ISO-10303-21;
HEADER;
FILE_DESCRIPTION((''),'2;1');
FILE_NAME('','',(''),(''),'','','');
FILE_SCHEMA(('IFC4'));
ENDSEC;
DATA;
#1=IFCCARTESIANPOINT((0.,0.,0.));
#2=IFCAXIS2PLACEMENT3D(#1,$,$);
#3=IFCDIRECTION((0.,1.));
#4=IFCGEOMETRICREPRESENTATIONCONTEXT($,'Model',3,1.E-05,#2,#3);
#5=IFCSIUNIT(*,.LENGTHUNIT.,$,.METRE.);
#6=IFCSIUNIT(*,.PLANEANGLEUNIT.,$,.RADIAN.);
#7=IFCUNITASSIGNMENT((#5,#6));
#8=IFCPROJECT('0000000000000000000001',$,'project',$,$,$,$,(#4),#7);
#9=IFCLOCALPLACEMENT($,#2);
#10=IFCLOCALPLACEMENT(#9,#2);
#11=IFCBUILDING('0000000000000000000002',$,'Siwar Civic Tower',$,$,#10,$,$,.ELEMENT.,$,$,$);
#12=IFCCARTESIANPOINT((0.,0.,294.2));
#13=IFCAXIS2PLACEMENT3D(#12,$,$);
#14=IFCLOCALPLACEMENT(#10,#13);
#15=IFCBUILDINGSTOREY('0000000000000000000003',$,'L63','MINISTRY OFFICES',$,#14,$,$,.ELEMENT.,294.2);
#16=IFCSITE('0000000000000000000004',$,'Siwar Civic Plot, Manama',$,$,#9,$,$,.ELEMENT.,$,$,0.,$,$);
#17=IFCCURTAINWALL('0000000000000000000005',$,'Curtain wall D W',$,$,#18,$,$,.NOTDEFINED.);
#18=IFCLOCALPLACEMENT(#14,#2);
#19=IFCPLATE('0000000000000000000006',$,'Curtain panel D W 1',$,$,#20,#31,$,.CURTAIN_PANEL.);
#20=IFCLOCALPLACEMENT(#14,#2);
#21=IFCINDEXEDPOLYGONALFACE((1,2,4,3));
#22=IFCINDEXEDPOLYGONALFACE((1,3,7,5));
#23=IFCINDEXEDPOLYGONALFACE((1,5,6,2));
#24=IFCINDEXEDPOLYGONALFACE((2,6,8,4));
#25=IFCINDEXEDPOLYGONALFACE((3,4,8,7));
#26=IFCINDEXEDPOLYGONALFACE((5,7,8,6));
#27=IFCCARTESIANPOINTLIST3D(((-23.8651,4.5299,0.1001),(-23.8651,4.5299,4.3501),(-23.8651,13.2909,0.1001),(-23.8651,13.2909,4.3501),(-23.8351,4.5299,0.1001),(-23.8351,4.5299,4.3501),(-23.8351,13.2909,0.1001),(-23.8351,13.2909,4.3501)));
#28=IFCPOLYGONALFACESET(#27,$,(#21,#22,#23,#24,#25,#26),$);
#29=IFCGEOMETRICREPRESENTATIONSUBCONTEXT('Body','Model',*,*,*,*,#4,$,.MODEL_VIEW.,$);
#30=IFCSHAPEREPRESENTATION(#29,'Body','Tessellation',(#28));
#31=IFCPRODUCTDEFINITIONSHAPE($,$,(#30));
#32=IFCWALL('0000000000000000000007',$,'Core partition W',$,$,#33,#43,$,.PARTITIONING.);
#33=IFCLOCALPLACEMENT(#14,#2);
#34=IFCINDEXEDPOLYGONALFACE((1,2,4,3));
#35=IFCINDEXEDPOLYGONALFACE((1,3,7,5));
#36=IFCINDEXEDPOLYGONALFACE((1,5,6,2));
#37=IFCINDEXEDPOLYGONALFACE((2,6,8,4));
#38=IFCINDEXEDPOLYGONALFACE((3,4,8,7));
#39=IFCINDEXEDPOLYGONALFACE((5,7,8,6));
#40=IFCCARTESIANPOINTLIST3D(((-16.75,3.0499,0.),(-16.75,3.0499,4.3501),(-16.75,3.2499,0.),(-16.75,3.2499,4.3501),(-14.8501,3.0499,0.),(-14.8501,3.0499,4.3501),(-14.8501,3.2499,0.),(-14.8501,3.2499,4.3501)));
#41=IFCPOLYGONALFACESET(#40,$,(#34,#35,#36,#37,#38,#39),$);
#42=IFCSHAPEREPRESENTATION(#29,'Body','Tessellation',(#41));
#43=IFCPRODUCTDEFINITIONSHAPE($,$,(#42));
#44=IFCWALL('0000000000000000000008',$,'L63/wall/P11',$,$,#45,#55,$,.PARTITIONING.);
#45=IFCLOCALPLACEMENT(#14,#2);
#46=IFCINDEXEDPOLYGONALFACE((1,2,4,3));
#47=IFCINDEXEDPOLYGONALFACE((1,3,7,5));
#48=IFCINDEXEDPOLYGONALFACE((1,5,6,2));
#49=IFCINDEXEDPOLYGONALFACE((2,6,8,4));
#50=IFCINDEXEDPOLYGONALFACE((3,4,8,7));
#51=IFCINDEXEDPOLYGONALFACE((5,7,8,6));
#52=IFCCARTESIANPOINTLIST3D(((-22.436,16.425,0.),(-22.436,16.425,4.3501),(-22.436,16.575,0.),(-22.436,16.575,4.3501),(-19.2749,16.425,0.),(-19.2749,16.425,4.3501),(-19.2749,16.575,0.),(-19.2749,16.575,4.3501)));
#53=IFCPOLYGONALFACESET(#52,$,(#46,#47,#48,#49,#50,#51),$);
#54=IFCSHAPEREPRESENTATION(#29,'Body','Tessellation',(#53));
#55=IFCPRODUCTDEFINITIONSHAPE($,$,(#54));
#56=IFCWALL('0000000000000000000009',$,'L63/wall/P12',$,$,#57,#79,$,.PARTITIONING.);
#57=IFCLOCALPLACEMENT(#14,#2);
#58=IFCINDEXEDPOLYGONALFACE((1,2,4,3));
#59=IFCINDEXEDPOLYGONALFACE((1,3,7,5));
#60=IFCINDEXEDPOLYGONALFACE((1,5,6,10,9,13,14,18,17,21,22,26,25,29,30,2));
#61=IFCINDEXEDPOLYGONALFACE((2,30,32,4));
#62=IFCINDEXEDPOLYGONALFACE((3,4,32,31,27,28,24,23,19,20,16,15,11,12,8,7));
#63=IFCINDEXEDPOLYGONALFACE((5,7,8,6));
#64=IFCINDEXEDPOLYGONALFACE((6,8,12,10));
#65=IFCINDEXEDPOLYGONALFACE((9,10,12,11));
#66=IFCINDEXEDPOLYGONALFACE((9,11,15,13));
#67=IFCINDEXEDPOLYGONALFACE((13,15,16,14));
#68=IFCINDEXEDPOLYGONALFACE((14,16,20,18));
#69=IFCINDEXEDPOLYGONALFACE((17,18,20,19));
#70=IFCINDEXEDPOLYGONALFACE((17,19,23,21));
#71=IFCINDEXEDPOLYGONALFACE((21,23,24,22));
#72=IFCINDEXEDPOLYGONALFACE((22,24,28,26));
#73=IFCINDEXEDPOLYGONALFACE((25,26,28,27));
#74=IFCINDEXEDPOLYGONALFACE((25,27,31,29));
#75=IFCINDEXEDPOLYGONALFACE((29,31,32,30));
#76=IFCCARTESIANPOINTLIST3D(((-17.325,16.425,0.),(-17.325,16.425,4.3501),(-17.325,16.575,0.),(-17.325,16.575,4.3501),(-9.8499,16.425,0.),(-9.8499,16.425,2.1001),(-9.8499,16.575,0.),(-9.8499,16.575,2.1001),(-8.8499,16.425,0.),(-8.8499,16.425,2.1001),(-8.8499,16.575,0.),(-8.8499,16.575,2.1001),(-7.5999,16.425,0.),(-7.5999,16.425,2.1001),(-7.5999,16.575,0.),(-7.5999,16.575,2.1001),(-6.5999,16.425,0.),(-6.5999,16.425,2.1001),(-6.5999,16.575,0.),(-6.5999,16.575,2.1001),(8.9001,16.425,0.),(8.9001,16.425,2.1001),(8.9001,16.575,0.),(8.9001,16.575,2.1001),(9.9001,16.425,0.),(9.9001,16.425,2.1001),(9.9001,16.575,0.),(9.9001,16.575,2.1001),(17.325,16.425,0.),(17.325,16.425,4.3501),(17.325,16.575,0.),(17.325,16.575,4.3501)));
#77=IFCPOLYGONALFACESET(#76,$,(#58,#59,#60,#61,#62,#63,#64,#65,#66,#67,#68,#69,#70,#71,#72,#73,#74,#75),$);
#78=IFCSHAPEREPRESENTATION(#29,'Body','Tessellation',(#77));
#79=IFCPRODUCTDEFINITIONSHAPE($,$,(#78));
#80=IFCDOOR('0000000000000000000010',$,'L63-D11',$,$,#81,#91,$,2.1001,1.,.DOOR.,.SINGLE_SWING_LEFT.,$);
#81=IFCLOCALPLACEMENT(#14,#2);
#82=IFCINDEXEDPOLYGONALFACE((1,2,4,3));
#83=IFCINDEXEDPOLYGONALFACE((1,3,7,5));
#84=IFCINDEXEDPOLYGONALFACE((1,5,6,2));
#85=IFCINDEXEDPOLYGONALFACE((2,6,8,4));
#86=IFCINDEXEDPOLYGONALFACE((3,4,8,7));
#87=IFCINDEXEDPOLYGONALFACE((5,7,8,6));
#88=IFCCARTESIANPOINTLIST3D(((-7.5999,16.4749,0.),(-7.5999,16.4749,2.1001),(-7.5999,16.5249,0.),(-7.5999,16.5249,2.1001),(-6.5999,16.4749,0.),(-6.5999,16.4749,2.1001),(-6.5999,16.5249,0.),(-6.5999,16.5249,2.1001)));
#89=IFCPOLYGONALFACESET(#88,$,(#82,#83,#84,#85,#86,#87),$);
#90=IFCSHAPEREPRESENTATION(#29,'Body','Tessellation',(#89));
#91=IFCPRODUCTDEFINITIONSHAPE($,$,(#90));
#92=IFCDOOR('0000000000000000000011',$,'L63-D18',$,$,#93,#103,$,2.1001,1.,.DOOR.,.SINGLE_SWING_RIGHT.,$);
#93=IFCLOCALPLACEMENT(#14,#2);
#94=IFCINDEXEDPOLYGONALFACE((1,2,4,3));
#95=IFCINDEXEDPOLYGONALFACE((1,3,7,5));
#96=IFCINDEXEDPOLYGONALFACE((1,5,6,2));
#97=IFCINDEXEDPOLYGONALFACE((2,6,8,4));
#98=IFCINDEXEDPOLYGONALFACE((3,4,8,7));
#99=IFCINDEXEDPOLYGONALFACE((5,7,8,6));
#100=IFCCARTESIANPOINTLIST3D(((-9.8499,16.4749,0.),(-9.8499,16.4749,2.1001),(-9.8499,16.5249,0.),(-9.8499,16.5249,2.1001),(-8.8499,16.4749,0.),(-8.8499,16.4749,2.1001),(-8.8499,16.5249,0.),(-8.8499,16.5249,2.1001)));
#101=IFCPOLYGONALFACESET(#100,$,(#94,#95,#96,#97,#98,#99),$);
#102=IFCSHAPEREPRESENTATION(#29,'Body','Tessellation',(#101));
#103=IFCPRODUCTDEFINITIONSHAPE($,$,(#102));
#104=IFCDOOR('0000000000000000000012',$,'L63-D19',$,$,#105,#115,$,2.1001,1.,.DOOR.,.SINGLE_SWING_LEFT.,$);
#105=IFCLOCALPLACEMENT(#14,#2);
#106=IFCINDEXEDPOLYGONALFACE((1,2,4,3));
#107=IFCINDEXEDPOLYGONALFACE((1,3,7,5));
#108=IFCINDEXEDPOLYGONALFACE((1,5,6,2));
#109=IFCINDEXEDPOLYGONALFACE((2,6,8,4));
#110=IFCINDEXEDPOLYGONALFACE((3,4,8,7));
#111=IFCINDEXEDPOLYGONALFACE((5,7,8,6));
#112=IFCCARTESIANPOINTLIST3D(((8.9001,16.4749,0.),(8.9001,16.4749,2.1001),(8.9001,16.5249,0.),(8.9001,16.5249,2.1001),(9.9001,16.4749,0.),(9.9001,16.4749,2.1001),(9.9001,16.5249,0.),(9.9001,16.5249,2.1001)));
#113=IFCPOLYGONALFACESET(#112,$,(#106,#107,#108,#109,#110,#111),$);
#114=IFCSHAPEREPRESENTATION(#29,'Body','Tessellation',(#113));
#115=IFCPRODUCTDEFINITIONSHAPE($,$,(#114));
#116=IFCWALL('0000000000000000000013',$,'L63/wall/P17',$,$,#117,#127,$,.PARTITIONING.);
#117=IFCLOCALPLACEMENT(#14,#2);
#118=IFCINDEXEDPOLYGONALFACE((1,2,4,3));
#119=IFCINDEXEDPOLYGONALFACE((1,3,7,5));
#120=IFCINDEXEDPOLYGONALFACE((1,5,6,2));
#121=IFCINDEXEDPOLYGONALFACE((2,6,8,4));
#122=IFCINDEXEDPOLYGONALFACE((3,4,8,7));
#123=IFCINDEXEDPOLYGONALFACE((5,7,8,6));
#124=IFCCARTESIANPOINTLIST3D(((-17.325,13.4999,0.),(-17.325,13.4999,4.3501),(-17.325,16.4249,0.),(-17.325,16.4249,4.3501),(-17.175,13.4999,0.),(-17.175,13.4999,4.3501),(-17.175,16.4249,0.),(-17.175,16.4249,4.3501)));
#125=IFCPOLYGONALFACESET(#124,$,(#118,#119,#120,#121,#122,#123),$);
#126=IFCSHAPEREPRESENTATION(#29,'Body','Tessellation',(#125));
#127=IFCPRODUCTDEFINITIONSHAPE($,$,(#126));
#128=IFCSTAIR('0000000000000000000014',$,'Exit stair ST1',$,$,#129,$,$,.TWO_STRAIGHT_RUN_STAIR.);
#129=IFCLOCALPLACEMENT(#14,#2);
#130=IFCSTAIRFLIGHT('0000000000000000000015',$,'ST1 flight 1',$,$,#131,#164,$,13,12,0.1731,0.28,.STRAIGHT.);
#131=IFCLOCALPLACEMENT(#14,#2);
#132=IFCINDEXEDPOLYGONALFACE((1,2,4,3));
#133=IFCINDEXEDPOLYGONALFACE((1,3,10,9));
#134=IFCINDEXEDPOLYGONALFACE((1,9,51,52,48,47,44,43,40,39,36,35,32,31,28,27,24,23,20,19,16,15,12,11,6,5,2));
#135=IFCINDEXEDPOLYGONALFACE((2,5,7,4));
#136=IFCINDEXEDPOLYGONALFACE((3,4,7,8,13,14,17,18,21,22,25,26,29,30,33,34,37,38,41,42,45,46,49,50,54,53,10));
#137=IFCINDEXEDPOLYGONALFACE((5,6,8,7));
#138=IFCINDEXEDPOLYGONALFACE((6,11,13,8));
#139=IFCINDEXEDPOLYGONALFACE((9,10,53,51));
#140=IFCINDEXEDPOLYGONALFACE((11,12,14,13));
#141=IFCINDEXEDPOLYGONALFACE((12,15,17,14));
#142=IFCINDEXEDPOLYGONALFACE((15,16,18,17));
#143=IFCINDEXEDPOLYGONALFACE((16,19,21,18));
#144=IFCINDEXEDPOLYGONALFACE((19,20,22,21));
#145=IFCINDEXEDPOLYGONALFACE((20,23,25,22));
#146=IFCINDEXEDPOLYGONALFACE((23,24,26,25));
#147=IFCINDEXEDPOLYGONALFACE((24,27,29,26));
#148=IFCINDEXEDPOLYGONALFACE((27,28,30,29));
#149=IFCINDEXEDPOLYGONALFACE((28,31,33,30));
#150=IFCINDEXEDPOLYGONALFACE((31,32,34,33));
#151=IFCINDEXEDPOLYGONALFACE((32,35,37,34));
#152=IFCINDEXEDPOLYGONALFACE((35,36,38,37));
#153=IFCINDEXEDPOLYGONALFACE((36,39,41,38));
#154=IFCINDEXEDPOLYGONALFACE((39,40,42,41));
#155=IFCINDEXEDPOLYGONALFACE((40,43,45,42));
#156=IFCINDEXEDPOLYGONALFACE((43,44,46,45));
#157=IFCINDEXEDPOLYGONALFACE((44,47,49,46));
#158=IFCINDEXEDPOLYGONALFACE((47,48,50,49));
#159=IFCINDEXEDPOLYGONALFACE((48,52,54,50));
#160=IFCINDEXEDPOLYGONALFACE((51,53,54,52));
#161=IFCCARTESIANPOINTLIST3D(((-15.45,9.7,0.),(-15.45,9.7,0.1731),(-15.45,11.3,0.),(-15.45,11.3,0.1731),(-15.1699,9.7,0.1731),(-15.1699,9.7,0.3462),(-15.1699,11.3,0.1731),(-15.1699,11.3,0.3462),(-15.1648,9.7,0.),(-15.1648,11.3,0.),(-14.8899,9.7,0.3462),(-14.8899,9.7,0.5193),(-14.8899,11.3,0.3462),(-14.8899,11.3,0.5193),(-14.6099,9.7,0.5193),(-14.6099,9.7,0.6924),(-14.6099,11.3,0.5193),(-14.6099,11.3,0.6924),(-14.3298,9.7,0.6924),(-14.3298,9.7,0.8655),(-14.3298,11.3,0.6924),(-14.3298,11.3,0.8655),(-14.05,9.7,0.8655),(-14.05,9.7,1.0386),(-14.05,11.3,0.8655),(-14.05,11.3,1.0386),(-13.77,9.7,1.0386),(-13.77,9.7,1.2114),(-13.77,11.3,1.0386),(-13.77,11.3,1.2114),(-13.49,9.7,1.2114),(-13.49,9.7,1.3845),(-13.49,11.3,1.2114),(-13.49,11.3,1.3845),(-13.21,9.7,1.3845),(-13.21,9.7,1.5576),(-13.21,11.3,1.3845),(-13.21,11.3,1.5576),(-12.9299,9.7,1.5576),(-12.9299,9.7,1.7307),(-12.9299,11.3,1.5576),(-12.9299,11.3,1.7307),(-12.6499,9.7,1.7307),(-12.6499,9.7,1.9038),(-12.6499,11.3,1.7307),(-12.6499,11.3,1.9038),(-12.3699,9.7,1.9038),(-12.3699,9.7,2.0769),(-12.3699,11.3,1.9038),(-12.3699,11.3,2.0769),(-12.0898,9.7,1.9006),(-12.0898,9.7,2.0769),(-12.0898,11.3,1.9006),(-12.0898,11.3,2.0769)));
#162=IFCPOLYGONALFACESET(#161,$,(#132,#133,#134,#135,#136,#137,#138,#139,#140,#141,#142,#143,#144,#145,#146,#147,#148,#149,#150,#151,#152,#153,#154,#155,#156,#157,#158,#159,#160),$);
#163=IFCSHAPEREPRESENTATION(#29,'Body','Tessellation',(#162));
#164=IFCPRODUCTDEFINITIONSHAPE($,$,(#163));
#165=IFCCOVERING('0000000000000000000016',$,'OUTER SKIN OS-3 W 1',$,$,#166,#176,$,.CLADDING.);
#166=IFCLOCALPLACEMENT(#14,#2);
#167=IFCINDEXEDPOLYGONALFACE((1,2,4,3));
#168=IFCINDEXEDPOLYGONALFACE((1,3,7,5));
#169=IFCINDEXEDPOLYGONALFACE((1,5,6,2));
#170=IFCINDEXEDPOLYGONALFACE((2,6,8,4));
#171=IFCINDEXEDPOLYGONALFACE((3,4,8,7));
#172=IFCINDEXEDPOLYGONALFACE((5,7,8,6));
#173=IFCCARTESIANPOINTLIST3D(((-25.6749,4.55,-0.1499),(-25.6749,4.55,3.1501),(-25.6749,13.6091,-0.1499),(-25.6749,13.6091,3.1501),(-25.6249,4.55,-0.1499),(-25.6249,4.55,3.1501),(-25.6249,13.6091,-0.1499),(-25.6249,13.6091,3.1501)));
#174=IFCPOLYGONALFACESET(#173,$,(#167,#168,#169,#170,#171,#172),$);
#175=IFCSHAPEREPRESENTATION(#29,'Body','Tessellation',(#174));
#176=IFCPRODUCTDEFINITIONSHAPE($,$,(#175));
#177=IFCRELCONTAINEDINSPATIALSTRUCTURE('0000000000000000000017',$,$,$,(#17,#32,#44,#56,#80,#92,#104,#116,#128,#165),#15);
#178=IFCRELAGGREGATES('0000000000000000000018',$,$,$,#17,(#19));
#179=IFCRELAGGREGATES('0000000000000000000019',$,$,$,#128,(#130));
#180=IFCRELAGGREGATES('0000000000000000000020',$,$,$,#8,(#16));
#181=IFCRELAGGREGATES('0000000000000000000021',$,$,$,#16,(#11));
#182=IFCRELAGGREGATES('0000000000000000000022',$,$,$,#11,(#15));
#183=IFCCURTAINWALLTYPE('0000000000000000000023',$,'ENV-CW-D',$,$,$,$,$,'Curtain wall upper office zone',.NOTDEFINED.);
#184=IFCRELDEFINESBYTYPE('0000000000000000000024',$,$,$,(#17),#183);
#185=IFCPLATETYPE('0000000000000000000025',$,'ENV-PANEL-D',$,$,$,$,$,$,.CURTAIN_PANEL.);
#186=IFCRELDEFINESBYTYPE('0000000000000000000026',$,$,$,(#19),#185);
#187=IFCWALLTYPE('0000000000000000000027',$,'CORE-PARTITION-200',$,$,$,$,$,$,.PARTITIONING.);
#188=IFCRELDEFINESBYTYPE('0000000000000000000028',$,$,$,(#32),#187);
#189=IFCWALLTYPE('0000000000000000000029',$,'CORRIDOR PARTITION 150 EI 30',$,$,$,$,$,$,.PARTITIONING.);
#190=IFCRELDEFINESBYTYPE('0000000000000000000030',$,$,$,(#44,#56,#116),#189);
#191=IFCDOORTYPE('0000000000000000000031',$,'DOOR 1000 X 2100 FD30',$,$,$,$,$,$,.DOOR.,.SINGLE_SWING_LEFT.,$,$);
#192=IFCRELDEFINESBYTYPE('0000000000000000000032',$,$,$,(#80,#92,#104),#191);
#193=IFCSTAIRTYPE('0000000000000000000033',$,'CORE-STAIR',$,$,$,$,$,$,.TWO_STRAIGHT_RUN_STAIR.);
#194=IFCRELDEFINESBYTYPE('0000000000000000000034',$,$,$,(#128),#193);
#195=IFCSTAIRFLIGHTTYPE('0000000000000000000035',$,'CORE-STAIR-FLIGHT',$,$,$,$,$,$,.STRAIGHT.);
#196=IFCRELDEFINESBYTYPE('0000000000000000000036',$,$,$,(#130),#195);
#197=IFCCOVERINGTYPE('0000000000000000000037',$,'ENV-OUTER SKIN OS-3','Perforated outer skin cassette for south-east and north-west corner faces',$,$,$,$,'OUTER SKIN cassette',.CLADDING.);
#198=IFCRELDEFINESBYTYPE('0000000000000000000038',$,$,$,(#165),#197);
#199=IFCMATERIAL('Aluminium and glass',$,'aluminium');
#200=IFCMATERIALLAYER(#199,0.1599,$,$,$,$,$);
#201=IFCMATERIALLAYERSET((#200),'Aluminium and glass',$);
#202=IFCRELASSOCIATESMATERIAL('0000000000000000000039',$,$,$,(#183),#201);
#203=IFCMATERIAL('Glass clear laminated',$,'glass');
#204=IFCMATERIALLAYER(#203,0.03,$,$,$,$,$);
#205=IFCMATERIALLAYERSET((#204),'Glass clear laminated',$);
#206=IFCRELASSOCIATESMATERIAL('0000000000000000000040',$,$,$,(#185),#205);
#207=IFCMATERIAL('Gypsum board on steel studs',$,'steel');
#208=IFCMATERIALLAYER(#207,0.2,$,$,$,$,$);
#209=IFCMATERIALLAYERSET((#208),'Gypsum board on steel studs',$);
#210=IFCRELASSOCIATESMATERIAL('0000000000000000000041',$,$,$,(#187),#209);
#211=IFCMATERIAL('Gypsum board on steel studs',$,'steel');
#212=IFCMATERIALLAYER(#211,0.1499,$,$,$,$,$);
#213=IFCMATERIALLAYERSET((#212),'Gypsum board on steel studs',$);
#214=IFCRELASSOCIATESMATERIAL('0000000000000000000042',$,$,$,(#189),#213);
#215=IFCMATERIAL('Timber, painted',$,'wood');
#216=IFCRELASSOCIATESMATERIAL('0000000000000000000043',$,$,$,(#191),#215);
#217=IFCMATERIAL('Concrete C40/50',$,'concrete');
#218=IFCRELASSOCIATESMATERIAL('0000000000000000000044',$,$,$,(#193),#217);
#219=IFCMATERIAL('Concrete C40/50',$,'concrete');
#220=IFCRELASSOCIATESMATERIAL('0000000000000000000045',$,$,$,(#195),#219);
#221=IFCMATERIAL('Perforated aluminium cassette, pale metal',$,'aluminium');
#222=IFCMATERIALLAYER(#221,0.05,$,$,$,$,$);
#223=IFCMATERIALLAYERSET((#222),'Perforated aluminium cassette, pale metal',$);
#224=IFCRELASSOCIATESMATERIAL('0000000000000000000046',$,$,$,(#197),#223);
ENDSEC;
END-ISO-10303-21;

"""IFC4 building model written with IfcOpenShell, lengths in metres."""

from ifc_helpers import new_model, si_unit, direction, frame, frame_2d, origin, origin_2d, place, context, subcontext, project, spatial, polyline, rectangle, outline, extrude, material, layer, layer_set, type_object, element, fill, aggregate, save


model = new_model("IFC4")

# Units and contexts
model_context = context("Model", 3, precision=1e-05, world=origin(), true_north=direction((0.0, 1.0)))
body_context = subcontext(model_context, "Body", "Model", "MODEL_VIEW")
ifc_project = project(units=[si_unit("LENGTHUNIT", "METRE"), si_unit("PLANEANGLEUNIT", "RADIAN")], contexts=[model_context])

# Site, building, storey
site_placement = place(None, origin())
site = spatial("IfcSite", under=ifc_project, at=site_placement, Name="Siwar Civic Plot, Manama", CompositionType="ELEMENT", RefElevation=0.0)
building_placement = place(site_placement, origin())
building = spatial("IfcBuilding", under=site, at=building_placement, Name="Siwar Civic Tower", CompositionType="ELEMENT")
storey_placement = place(building_placement, frame((0.0, 0.0, 294.2)))
storey = spatial("IfcBuildingStorey", under=building, at=storey_placement, Name="L63", Description="MINISTRY OFFICES", CompositionType="ELEMENT", Elevation=294.2)

# Curtain wall
ifc_material_1 = material(Name="Aluminium and glass", Category="aluminium")
ifc_layer_1 = layer(ifc_material_1, 0.1599)
ifc_layer_set_1 = layer_set([ifc_layer_1], Name="Aluminium and glass")
curtain_wall_type = type_object("IfcCurtainWallType", Name="ENV-CW-D", ElementType="Curtain wall upper office zone", PredefinedType="NOTDEFINED", material=ifc_layer_set_1)
curtain_wall_placement = place(storey_placement, origin())
curtain_wall = element("IfcCurtainWall", 1, at=curtain_wall_placement, inside=storey, type_object=curtain_wall_type, Name="Curtain wall D W", PredefinedType="NOTDEFINED")

# Plate
ifc_material_2 = material(Name="Glass clear laminated", Category="glass")
ifc_layer_2 = layer(ifc_material_2, 0.03)
ifc_layer_set_2 = layer_set([ifc_layer_2], Name="Glass clear laminated")
plate_type = type_object("IfcPlateType", Name="ENV-PANEL-D", PredefinedType="CURTAIN_PANEL", material=ifc_layer_set_2)
plate_placement = place(storey_placement, frame((-23.8501, 8.9104, 0.1001), z_axis=(0.0, 0.0, 1.0), x_axis=(0.0, -1.0, 0.0)))
plate = element("IfcPlate", 2, at=plate_placement, type_object=plate_type, Name="Curtain panel D W 1", PredefinedType="CURTAIN_PANEL", context=body_context, shape_type="SweptSolid", body=[
    extrude(rectangle(XDim=8.761, YDim=0.03, at=origin_2d()), origin(), (0.0, 0.0, 1.0), 4.25),
])
aggregate(curtain_wall, [plate])

# Walls
ifc_material_3 = material(Name="Gypsum board on steel studs", Category="steel")
ifc_layer_3 = layer(ifc_material_3, 0.2)
ifc_layer_set_3 = layer_set([ifc_layer_3], Name="Gypsum board on steel studs")
wall_type_1 = type_object("IfcWallType", Name="CORE-PARTITION-200", PredefinedType="PARTITIONING", material=ifc_layer_set_3)
wall_1_placement = place(storey_placement, frame((-14.8501, 3.1499, 0.0), z_axis=(0.0, 0.0, 1.0), x_axis=(-1.0, 0.0, 0.0)))
element("IfcWall", 3, at=wall_1_placement, inside=storey, type_object=wall_type_1, Name="Core partition W", PredefinedType="PARTITIONING", context=body_context, shape_type="SweptSolid", body=[
    extrude(rectangle(XDim=1.8999, YDim=0.2, at=frame_2d((0.95, 0.0))), origin(), (0.0, 0.0, 1.0), 4.3501),
])
ifc_material_4 = material(Name="Gypsum board on steel studs", Category="steel")
ifc_layer_4 = layer(ifc_material_4, 0.1499)
ifc_layer_set_4 = layer_set([ifc_layer_4], Name="Gypsum board on steel studs")
wall_type_2 = type_object("IfcWallType", Name="CORRIDOR PARTITION 150 EI 30", PredefinedType="PARTITIONING", material=ifc_layer_set_4)
wall_2_placement = place(storey_placement, frame((-22.436, 16.5, 0.0), z_axis=(0.0, 0.0, 1.0), x_axis=(1.0, 0.0, 0.0)))
element("IfcWall", 4, at=wall_2_placement, inside=storey, type_object=wall_type_2, Name="L63/wall/P11", PredefinedType="PARTITIONING", context=body_context, shape_type="SweptSolid", body=[
    extrude(rectangle(XDim=3.1611, YDim=0.1499, at=frame_2d((1.5806, 0.0))), origin(), (0.0, 0.0, 1.0), 4.3501),
])

# Wall, openings, doors
wall_3_placement = place(storey_placement, frame((-17.325, 16.5, 0.0), z_axis=(0.0, 0.0, 1.0), x_axis=(1.0, 0.0, 0.0)))
wall_3 = element("IfcWall", 5, at=wall_3_placement, inside=storey, type_object=wall_type_2, Name="L63/wall/P12", PredefinedType="PARTITIONING", context=body_context, shape_type="SweptSolid", body=[
    extrude(rectangle(XDim=34.6499, YDim=0.1499, at=frame_2d((17.325, 0.0))), origin(), (0.0, 0.0, 1.0), 4.3501),
])
opening_1_placement = place(wall_3_placement, frame((9.7251, 0.0, 0.0)))
opening_1 = element("IfcOpeningElement", 6, at=opening_1_placement, cuts=wall_3, PredefinedType="OPENING", context=body_context, shape_type="SweptSolid", body=[
    extrude(rectangle(XDim=1.0, YDim=2.1001, at=frame_2d((0.5, 1.05))), frame((0.0, 0.085, 0.0), z_axis=(0.0, -1.0, 0.0), x_axis=(1.0, 0.0, 0.0)), (0.0, 0.0, 1.0), 0.1699),
])
opening_2_placement = place(wall_3_placement, frame((7.4751, 0.0, 0.0)))
opening_2 = element("IfcOpeningElement", 7, at=opening_2_placement, cuts=wall_3, PredefinedType="OPENING", context=body_context, shape_type="SweptSolid", body=[
    extrude(rectangle(XDim=1.0, YDim=2.1001, at=frame_2d((0.5, 1.05))), frame((0.0, 0.085, 0.0), z_axis=(0.0, -1.0, 0.0), x_axis=(1.0, 0.0, 0.0)), (0.0, 0.0, 1.0), 0.1699),
])
opening_3_placement = place(wall_3_placement, frame((26.2251, 0.0, 0.0)))
opening_3 = element("IfcOpeningElement", 8, at=opening_3_placement, cuts=wall_3, PredefinedType="OPENING", context=body_context, shape_type="SweptSolid", body=[
    extrude(rectangle(XDim=1.0, YDim=2.1001, at=frame_2d((0.5, 1.05))), frame((0.0, 0.085, 0.0), z_axis=(0.0, -1.0, 0.0), x_axis=(1.0, 0.0, 0.0)), (0.0, 0.0, 1.0), 0.1699),
])
ifc_material_5 = material(Name="Timber, painted", Category="wood")
door_type = type_object("IfcDoorType", Name="DOOR 1000 X 2100 FD30", OperationType="SINGLE_SWING_LEFT", PredefinedType="DOOR", material=ifc_material_5)
door_1_placement = place(opening_1_placement, origin())
door_1 = element("IfcDoor", 9, at=door_1_placement, inside=storey, type_object=door_type, Name="L63-D11", OperationType="SINGLE_SWING_LEFT", OverallHeight=2.1001, OverallWidth=1.0, PredefinedType="DOOR", context=body_context, shape_type="SweptSolid", body=[
    extrude(rectangle(XDim=1.0, YDim=2.1001, at=frame_2d((0.5, 1.05))), frame((0.0, 0.0249, 0.0), z_axis=(0.0, -1.0, 0.0), x_axis=(1.0, 0.0, 0.0)), (0.0, 0.0, 1.0), 0.05),
])
fill(opening_1, door_1)
door_2_placement = place(opening_2_placement, origin())
door_2 = element("IfcDoor", 10, at=door_2_placement, inside=storey, type_object=door_type, Name="L63-D18", OperationType="SINGLE_SWING_RIGHT", OverallHeight=2.1001, OverallWidth=1.0, PredefinedType="DOOR", context=body_context, shape_type="SweptSolid", body=[
    extrude(rectangle(XDim=1.0, YDim=2.1001, at=frame_2d((0.5, 1.05))), frame((0.0, 0.0249, 0.0), z_axis=(0.0, -1.0, 0.0), x_axis=(1.0, 0.0, 0.0)), (0.0, 0.0, 1.0), 0.05),
])
fill(opening_2, door_2)
door_3_placement = place(opening_3_placement, origin())
door_3 = element("IfcDoor", 11, at=door_3_placement, inside=storey, type_object=door_type, Name="L63-D19", OperationType="SINGLE_SWING_LEFT", OverallHeight=2.1001, OverallWidth=1.0, PredefinedType="DOOR", context=body_context, shape_type="SweptSolid", body=[
    extrude(rectangle(XDim=1.0, YDim=2.1001, at=frame_2d((0.5, 1.05))), frame((0.0, 0.0249, 0.0), z_axis=(0.0, -1.0, 0.0), x_axis=(1.0, 0.0, 0.0)), (0.0, 0.0, 1.0), 0.05),
])
fill(opening_3, door_3)

# Wall
wall_4_placement = place(storey_placement, frame((-17.25, 13.5, 0.0), z_axis=(0.0, 0.0, 1.0), x_axis=(0.0, 1.0, 0.0)))
element("IfcWall", 12, at=wall_4_placement, inside=storey, type_object=wall_type_2, Name="L63/wall/P17", PredefinedType="PARTITIONING", context=body_context, shape_type="SweptSolid", body=[
    extrude(rectangle(XDim=2.925, YDim=0.1499, at=frame_2d((1.4624, 0.0))), origin(), (0.0, 0.0, 1.0), 4.3501),
])

# Stair, stair flight
ifc_material_6 = material(Name="Concrete C40/50", Category="concrete")
stair_type = type_object("IfcStairType", Name="CORE-STAIR", PredefinedType="TWO_STRAIGHT_RUN_STAIR", material=ifc_material_6)
stair_placement = place(storey_placement, origin())
stair = element("IfcStair", 13, at=stair_placement, inside=storey, type_object=stair_type, Name="Exit stair ST1", PredefinedType="TWO_STRAIGHT_RUN_STAIR")
ifc_material_7 = material(Name="Concrete C40/50", Category="concrete")
stair_flight_type = type_object("IfcStairFlightType", Name="CORE-STAIR-FLIGHT", PredefinedType="STRAIGHT", material=ifc_material_7)
stair_flight_placement = place(storey_placement, frame((-15.45, 10.5, 0.0), z_axis=(0.0, 0.0, 1.0), x_axis=(1.0, 0.0, 0.0)))
stair_flight = element("IfcStairFlight", 14, at=stair_flight_placement, type_object=stair_flight_type, Name="ST1 flight 1", NumberOfRisers=13, NumberOfTreads=12, PredefinedType="STRAIGHT", RiserHeight=0.1731, TreadLength=0.28, context=body_context, shape_type="SweptSolid", body=[
    extrude(outline(polyline([(0.0, 0.0), (0.0, 0.1731), (0.28, 0.1731), (0.28, 0.3462), (0.5601, 0.3462), (0.5601, 0.5193), (0.8401, 0.5193), (0.8401, 0.6924), (1.1201, 0.6924), (1.1201, 0.8655), (1.3999, 0.8655), (1.3999, 1.0386), (1.6799, 1.0386), (1.6799, 1.2114), (1.96, 1.2114), (1.96, 1.3845), (2.24, 1.3845), (2.24, 1.5576), (2.52, 1.5576), (2.52, 1.7307), (2.8, 1.7307), (2.8, 1.9038), (3.0801, 1.9038), (3.0801, 2.0769), (3.3601, 2.0769), (3.3601, 2.25), (3.3601, 1.9006), (0.2852, 0.0), (0.0, 0.0)])), frame((0.0, 0.8, 0.0), z_axis=(0.0, -1.0, 0.0), x_axis=(1.0, 0.0, 0.0)), (0.0, 0.0, 1.0), 1.6001),
])
aggregate(stair, [stair_flight])

# Covering
ifc_material_8 = material(Name="Perforated aluminium cassette, pale metal", Category="aluminium")
ifc_layer_5 = layer(ifc_material_8, 0.05)
ifc_layer_set_5 = layer_set([ifc_layer_5], Name="Perforated aluminium cassette, pale metal")
covering_type = type_object("IfcCoveringType", Name="ENV-OUTER SKIN OS-3", Description="Perforated outer skin cassette for south-east and north-west corner faces", ElementType="OUTER SKIN cassette", PredefinedType="CLADDING", material=ifc_layer_set_5)
covering_placement = place(storey_placement, frame((-25.6499, 9.0796, -0.1499), z_axis=(0.0, 0.0, 1.0), x_axis=(0.0, -1.0, 0.0)))
element("IfcCovering", 15, at=covering_placement, inside=storey, type_object=covering_type, Name="OUTER SKIN OS-3 W 1", PredefinedType="CLADDING", context=body_context, shape_type="SweptSolid", body=[
    extrude(rectangle(XDim=9.0591, YDim=0.05, at=origin_2d()), origin(), (0.0, 0.0, 1.0), 3.3),
])

save(model, "model.ifc")
